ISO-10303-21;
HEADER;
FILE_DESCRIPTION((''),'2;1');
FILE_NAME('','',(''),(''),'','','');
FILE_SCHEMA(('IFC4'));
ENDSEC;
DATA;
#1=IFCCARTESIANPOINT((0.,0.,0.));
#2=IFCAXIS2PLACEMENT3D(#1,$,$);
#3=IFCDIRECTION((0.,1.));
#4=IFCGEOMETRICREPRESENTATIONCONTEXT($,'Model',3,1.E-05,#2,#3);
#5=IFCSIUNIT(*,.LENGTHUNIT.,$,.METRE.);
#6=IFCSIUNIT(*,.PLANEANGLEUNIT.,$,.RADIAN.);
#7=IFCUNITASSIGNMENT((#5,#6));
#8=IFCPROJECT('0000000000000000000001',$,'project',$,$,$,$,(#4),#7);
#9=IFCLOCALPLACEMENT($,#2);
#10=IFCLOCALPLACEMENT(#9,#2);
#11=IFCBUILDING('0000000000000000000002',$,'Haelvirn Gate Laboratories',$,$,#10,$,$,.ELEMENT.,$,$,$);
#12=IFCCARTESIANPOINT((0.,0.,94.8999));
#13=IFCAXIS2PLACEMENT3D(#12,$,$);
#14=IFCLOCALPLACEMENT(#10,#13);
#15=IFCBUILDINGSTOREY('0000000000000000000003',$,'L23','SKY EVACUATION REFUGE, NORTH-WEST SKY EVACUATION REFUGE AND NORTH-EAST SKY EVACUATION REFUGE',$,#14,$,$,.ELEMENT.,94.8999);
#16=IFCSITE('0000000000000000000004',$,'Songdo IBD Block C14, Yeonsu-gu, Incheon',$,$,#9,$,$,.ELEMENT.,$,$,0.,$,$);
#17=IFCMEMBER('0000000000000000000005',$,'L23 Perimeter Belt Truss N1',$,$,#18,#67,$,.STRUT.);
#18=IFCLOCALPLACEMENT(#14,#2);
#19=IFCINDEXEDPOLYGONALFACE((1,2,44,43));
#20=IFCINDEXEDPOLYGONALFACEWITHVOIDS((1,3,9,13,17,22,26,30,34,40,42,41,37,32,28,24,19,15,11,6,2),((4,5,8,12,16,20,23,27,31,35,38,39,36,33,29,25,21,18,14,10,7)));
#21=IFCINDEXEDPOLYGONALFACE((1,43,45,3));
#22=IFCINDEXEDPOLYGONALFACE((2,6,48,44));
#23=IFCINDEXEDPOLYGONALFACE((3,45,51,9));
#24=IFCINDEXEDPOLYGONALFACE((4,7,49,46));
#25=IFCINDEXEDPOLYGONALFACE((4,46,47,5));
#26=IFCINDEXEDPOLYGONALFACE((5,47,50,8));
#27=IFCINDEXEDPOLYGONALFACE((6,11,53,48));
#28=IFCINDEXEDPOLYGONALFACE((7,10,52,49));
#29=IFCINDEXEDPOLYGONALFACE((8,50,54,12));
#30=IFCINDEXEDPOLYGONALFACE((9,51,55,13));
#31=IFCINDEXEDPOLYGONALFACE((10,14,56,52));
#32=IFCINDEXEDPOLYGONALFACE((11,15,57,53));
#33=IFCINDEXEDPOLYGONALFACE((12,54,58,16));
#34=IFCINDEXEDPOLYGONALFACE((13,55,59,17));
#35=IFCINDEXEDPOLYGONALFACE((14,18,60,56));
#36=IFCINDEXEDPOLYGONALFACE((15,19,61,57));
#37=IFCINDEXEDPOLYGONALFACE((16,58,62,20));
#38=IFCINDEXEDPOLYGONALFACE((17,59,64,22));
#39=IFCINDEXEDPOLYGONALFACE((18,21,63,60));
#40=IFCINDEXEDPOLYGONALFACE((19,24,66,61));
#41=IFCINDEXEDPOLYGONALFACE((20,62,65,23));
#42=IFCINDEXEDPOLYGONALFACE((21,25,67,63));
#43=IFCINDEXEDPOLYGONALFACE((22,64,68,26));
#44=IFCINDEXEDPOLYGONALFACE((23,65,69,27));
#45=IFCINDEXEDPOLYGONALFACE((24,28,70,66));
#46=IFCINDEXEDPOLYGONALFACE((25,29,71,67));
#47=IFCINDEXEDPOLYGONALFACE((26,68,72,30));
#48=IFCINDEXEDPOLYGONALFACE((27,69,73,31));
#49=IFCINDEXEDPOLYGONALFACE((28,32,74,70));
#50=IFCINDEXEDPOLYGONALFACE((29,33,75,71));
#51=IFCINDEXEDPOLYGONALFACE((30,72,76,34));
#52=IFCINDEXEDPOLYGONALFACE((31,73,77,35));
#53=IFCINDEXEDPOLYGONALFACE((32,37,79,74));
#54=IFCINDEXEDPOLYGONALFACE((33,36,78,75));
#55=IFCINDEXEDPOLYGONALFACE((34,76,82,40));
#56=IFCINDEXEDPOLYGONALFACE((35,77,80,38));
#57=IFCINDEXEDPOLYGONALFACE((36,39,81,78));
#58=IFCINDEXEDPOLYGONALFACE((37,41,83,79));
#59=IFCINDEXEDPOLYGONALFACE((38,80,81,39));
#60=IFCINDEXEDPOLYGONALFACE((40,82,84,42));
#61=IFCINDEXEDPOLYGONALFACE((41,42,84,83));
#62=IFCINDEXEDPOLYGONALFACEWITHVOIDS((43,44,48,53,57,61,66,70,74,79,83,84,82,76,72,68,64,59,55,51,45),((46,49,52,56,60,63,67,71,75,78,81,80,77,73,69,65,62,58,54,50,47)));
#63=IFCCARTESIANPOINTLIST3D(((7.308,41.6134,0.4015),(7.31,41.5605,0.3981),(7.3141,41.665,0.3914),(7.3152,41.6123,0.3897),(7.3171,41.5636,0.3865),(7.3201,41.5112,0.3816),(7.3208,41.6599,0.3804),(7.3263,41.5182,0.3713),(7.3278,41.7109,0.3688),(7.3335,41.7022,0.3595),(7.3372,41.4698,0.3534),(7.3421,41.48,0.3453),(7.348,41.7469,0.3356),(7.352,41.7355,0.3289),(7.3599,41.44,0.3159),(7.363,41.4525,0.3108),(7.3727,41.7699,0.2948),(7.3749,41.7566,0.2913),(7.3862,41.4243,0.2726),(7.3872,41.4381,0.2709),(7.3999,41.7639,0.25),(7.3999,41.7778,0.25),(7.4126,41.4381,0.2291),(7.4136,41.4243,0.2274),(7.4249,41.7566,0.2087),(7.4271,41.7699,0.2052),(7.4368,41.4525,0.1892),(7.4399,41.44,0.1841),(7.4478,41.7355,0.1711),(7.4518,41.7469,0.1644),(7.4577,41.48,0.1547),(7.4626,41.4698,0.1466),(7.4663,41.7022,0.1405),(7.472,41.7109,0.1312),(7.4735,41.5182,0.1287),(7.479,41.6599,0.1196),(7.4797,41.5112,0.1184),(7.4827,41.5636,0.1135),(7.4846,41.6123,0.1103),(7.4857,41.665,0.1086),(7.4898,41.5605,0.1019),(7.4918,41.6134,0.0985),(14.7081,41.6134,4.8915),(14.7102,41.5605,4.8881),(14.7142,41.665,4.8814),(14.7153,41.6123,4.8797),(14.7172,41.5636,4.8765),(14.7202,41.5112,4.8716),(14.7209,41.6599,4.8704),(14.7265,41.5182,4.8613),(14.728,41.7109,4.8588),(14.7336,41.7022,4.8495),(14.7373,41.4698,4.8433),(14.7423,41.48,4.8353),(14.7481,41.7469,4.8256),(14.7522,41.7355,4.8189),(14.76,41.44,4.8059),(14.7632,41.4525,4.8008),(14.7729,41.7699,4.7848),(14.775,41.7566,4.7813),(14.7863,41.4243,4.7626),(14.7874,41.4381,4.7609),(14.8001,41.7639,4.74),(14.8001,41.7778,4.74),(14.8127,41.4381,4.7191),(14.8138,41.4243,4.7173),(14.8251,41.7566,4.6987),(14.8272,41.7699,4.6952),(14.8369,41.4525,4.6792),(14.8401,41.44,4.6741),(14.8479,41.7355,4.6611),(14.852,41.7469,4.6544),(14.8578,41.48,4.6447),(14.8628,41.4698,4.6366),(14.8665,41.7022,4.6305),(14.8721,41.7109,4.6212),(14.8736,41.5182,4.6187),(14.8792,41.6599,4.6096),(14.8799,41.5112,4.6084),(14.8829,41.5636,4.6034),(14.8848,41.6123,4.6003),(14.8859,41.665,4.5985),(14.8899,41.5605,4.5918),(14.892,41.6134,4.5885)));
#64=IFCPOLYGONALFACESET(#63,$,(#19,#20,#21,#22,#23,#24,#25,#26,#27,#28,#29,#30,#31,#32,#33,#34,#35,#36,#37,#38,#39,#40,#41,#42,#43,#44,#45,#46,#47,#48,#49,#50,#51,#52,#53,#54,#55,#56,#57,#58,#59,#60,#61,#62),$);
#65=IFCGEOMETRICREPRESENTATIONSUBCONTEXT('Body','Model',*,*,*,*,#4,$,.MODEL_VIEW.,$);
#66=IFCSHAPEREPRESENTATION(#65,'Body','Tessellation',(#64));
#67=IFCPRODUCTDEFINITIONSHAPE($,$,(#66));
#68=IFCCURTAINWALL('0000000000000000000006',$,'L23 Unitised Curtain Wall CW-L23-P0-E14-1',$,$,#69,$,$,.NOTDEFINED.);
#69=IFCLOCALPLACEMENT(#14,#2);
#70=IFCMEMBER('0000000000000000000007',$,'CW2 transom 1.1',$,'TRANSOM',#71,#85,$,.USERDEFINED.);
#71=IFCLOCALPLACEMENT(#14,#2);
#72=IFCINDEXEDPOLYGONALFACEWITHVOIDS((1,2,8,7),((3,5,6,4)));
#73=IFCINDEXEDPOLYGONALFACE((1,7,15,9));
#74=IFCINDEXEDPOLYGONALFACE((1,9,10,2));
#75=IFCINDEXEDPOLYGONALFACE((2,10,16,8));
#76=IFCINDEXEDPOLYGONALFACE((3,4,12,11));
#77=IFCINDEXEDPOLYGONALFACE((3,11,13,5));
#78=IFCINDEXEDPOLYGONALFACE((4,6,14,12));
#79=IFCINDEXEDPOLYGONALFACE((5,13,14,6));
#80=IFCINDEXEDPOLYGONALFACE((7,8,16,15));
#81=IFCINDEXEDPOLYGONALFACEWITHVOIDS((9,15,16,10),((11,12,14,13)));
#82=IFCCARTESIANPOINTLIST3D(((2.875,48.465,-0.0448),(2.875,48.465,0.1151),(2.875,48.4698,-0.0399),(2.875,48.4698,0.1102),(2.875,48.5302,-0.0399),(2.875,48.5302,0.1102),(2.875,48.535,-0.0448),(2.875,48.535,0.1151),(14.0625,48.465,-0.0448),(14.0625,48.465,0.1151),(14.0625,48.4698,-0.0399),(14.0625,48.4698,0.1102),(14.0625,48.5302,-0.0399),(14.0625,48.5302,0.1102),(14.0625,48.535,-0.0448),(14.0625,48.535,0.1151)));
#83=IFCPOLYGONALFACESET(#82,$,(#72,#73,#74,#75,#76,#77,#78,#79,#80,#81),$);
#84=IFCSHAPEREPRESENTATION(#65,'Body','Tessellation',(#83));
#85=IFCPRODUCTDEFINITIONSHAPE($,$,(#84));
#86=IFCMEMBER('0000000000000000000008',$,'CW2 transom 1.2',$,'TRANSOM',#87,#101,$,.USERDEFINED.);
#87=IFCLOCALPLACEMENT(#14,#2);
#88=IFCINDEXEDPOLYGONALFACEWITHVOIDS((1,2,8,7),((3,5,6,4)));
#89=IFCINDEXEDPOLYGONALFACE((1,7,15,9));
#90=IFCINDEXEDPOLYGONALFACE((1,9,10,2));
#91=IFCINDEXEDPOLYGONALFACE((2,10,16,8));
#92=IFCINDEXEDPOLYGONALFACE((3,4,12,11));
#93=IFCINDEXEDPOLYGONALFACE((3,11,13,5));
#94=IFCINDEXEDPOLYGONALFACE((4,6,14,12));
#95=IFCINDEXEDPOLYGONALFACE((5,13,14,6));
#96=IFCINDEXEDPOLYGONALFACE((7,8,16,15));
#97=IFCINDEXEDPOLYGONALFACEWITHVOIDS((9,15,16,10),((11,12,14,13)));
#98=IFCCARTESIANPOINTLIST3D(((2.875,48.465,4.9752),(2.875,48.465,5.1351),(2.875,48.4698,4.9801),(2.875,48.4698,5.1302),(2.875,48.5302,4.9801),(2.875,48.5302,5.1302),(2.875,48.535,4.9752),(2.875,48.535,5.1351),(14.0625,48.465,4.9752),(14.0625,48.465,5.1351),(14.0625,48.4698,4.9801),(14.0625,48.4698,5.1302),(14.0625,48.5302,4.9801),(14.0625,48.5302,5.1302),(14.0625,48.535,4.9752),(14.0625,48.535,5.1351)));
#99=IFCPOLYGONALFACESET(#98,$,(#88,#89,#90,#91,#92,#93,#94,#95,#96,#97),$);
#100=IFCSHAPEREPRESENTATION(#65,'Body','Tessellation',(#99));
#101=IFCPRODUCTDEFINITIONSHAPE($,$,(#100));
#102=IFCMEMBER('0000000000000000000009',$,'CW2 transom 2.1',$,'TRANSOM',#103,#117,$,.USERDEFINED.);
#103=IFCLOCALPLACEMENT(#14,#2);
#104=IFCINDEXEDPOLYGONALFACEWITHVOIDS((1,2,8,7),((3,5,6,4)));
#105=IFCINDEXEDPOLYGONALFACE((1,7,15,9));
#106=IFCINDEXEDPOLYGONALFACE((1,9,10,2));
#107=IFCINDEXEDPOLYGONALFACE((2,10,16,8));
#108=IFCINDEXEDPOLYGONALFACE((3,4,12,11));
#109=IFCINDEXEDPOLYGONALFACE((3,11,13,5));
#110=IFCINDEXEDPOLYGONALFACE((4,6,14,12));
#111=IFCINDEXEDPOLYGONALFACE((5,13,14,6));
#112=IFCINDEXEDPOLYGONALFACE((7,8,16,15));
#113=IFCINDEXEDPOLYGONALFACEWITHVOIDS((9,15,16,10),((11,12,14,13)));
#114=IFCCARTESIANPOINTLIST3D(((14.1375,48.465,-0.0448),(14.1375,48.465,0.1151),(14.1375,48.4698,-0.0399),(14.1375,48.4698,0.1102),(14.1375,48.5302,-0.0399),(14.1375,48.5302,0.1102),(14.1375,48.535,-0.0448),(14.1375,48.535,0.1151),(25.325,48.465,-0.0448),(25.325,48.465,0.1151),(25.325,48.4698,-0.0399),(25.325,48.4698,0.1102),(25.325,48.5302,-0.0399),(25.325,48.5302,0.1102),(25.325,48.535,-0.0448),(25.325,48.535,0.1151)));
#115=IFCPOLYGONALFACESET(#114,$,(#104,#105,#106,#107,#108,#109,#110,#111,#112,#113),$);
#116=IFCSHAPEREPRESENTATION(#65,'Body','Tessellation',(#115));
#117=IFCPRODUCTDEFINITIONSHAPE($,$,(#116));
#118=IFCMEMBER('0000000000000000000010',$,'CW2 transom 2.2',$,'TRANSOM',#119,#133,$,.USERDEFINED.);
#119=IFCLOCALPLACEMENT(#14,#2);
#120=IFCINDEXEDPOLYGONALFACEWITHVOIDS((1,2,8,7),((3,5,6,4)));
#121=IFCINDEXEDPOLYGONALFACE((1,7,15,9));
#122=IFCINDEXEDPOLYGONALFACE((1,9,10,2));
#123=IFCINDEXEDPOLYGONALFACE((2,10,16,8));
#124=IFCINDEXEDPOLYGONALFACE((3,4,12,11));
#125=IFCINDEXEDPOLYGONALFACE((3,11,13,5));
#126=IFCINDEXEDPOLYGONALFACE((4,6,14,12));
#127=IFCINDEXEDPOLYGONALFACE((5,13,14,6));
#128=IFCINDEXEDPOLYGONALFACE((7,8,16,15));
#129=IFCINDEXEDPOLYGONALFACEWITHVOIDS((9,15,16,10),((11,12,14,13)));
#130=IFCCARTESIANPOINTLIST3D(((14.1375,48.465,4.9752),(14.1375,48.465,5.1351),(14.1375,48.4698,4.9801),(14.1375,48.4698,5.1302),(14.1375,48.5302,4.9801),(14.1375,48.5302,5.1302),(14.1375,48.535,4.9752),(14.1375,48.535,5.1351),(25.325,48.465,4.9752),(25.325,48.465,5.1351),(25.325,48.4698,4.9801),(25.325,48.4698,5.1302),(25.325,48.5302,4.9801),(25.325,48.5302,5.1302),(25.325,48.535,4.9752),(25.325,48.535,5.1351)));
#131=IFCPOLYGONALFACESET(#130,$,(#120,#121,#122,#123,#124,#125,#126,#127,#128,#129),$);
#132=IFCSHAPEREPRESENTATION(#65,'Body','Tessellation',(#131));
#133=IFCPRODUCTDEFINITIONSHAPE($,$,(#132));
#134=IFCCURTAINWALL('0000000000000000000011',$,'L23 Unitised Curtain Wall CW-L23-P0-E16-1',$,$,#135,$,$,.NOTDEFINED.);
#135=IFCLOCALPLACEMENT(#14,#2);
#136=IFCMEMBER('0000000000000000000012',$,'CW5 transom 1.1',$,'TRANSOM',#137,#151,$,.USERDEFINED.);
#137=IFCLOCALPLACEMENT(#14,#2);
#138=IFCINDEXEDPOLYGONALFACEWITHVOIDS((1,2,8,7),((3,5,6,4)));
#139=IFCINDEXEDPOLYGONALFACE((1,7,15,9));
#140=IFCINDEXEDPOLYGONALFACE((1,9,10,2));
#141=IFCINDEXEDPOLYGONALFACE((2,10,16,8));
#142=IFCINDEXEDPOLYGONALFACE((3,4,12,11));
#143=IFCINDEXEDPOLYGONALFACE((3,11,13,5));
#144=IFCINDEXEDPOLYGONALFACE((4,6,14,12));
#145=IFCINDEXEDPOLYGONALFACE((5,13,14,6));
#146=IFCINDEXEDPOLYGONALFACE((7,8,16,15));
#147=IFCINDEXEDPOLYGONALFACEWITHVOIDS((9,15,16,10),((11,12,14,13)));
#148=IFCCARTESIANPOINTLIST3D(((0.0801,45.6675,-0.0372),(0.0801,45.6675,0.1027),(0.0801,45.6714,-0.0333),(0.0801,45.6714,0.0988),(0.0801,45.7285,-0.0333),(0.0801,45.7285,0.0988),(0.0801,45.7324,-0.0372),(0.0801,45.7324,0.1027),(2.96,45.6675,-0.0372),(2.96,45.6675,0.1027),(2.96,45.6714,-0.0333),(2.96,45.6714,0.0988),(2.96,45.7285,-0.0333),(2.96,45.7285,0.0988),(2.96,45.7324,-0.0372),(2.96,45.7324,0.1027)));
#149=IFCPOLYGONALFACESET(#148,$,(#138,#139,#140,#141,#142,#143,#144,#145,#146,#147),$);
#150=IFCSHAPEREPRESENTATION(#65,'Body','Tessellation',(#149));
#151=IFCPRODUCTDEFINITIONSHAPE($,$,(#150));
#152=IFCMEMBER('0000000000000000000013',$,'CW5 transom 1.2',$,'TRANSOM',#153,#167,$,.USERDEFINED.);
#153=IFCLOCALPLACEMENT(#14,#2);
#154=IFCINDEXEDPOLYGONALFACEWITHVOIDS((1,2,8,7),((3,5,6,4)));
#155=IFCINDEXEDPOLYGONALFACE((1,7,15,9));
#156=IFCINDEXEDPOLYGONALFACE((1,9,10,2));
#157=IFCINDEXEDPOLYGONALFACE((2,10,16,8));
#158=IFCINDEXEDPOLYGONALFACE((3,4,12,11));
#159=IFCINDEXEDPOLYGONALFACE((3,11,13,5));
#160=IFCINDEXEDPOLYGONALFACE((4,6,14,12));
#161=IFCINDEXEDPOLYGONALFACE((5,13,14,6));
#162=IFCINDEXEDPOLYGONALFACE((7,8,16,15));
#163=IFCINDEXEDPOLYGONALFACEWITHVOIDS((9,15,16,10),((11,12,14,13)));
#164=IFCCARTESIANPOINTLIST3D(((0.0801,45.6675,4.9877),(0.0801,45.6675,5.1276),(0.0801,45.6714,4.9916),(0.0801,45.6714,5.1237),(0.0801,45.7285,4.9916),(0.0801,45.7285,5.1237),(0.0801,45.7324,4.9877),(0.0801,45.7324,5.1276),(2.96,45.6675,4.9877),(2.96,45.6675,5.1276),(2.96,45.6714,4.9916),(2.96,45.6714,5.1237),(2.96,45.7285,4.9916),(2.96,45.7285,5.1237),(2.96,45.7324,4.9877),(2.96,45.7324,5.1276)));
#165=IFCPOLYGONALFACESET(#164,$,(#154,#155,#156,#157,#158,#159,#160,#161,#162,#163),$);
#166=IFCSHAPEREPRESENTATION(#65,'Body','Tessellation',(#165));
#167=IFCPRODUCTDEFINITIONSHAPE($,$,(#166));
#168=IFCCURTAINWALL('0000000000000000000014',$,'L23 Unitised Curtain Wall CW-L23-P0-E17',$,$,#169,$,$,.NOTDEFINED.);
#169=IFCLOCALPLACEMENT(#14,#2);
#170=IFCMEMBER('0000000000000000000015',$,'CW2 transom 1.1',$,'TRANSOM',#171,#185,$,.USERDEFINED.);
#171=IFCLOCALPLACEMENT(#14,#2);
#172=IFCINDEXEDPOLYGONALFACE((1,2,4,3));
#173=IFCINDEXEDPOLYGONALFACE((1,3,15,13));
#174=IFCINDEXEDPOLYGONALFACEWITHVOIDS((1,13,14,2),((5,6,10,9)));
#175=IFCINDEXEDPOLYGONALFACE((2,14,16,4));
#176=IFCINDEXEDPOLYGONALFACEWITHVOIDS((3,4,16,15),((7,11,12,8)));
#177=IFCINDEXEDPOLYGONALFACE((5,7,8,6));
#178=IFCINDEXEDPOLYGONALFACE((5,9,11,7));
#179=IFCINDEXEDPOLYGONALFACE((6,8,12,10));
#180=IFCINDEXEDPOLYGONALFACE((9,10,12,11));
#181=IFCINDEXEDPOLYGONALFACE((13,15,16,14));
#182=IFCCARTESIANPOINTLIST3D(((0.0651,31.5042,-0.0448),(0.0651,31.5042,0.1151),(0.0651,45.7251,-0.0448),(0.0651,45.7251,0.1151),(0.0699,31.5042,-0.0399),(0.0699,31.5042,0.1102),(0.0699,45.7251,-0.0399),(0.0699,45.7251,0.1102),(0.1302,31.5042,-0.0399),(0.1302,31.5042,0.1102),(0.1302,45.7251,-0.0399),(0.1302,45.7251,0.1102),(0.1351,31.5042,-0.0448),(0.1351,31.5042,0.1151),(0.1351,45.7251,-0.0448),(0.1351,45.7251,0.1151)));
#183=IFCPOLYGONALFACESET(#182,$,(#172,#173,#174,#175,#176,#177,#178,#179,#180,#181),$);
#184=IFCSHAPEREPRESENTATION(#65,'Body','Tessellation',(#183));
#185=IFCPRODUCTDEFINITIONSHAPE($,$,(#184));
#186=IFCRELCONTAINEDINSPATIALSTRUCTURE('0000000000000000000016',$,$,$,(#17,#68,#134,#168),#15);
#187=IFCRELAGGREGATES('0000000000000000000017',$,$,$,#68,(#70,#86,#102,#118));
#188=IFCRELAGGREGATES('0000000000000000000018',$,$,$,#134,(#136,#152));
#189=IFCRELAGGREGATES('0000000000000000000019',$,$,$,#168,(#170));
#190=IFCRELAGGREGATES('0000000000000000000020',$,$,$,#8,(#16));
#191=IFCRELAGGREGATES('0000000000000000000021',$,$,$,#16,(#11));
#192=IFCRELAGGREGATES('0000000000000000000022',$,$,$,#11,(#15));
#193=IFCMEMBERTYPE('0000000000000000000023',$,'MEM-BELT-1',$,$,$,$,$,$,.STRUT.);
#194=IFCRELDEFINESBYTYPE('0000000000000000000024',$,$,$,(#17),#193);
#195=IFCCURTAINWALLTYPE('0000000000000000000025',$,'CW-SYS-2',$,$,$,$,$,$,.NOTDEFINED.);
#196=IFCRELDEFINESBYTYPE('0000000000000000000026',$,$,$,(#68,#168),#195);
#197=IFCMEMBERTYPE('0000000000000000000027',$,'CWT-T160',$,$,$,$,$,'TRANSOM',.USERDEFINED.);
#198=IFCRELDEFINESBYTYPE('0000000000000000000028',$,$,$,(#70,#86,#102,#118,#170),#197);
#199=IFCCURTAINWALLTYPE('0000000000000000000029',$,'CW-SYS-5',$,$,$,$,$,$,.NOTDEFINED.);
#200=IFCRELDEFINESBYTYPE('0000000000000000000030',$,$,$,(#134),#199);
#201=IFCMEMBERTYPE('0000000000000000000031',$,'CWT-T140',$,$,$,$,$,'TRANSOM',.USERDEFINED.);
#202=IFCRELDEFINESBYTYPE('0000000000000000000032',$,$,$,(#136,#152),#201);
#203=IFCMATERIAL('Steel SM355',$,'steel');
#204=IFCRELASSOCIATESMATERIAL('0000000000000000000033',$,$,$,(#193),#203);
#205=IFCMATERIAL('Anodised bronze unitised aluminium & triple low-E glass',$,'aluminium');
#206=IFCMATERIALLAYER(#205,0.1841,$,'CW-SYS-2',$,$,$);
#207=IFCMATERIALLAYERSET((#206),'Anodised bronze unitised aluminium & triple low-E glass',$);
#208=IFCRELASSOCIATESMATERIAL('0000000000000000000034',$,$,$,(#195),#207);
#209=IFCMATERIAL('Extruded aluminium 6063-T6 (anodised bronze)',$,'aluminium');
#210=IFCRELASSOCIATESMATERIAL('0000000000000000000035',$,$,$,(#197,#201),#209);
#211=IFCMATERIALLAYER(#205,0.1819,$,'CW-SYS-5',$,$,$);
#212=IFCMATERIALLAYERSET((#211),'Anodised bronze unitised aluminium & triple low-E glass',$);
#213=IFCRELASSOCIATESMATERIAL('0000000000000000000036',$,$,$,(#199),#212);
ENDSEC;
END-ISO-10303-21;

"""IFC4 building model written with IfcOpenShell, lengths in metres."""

from ifc_helpers import new_model, si_unit, direction, frame, origin, origin_2d, place, context, subcontext, project, spatial, hollow_rectangle, hollow_circle, extrude, source, transform, mapped, material, layer, layer_set, material_profile, profile_set, type_object, type_shapes, element, aggregate, save


model = new_model("IFC4")

# Units and contexts
model_context = context("Model", 3, precision=1e-05, world=origin(), true_north=direction((0.0, 1.0)))
body_context = subcontext(model_context, "Body", "Model", "MODEL_VIEW")
ifc_project = project(units=[si_unit("LENGTHUNIT", "METRE"), si_unit("PLANEANGLEUNIT", "RADIAN")], contexts=[model_context])

# Site, building, storey
site_placement = place(None, origin())
site = spatial("IfcSite", under=ifc_project, at=site_placement, Name="Songdo IBD Block C14, Yeonsu-gu, Incheon", CompositionType="ELEMENT", RefElevation=0.0)
building_placement = place(site_placement, origin())
building = spatial("IfcBuilding", under=site, at=building_placement, Name="Haelvirn Gate Laboratories", CompositionType="ELEMENT")
storey_placement = place(building_placement, frame((0.0, 0.0, 94.8999)))
storey = spatial("IfcBuildingStorey", under=building, at=storey_placement, Name="L23", Description="SKY EVACUATION REFUGE, NORTH-WEST SKY EVACUATION REFUGE AND NORTH-EAST SKY EVACUATION REFUGE", CompositionType="ELEMENT", Elevation=94.8999)

# Shared definitions
ifc_material_1 = material(Name="Steel SM355", Category="steel")

# Member
ifc_material_profile_1 = material_profile(ifc_material_1, hollow_circle(Radius=0.1777, WallThickness=0.0139, at=origin_2d()), Name="CHS-355x14")
ifc_profile_set_1 = profile_set([ifc_material_profile_1], Name="Steel SM355")
member_type_1 = type_object("IfcMemberType", Name="MEM-BELT-1", PredefinedType="STRUT", material=ifc_profile_set_1)
shared_shape_1 = source(origin(), body_context, "Body", "SweptSolid", [
    extrude(hollow_circle(Radius=0.1777, WallThickness=0.0139, at=origin_2d()), origin(), (0.0, 0.0, 1.0), 8.6558),
])
type_shapes(member_type_1, [shared_shape_1])
member_1_placement = place(storey_placement, frame((7.3999, 41.6001, 0.25), z_axis=(0.854939, 0.0, 0.518729), x_axis=(0.0, 1.0, 0.0)))
element("IfcMember", 1, at=member_1_placement, inside=storey, type_object=member_type_1, Name="L23 Perimeter Belt Truss N1", PredefinedType="STRUT", context=body_context, shape_type="MappedRepresentation", body=[
    mapped(shared_shape_1, transform((0.0, 0.0, 0.0), scale=1.0)),
])

# Curtain walls, members
ifc_material_2 = material(Name="Anodised bronze unitised aluminium & triple low-E glass", Category="aluminium")
ifc_layer_1 = layer(ifc_material_2, 0.1841, Name="CW-SYS-2")
ifc_layer_set_1 = layer_set([ifc_layer_1], Name="Anodised bronze unitised aluminium & triple low-E glass")
curtain_wall_type_1 = type_object("IfcCurtainWallType", Name="CW-SYS-2", PredefinedType="NOTDEFINED", material=ifc_layer_set_1)
curtain_wall_1_placement = place(storey_placement, origin())
curtain_wall_1 = element("IfcCurtainWall", 2, at=curtain_wall_1_placement, inside=storey, type_object=curtain_wall_type_1, Name="L23 Unitised Curtain Wall CW-L23-P0-E14-1", PredefinedType="NOTDEFINED")
ifc_material_3 = material(Name="Extruded aluminium 6063-T6 (anodised bronze)", Category="aluminium")
ifc_material_profile_2 = material_profile(ifc_material_3, hollow_rectangle(XDim=0.0701, YDim=0.1599, WallThickness=0.0049, at=origin_2d()), Name="CWT-160x70x5")
ifc_profile_set_2 = profile_set([ifc_material_profile_2], Name="Extruded aluminium 6063-T6 (anodised bronze)")
member_type_2 = type_object("IfcMemberType", Name="CWT-T160", ElementType="TRANSOM", PredefinedType="USERDEFINED", material=ifc_profile_set_2)
shared_shape_2 = source(origin(), body_context, "Body", "SweptSolid", [
    extrude(hollow_rectangle(XDim=0.0701, YDim=0.1599, WallThickness=0.0049, at=origin_2d()), origin(), (0.0, 0.0, 1.0), 11.1875),
])
member_2_placement = place(storey_placement, frame((2.875, 48.5, 0.0352), z_axis=(1.0, 0.0, 0.0), x_axis=(0.0, 1.0, 0.0)))
member_2 = element("IfcMember", 3, at=member_2_placement, type_object=member_type_2, Name="CW2 transom 1.1", ObjectType="TRANSOM", PredefinedType="USERDEFINED", context=body_context, shape_type="MappedRepresentation", body=[
    mapped(shared_shape_2, transform((0.0, 0.0, 0.0), scale=1.0)),
])
member_3_placement = place(storey_placement, frame((2.875, 48.5, 5.0552), z_axis=(1.0, 0.0, 0.0), x_axis=(0.0, 1.0, 0.0)))
member_3 = element("IfcMember", 4, at=member_3_placement, type_object=member_type_2, Name="CW2 transom 1.2", ObjectType="TRANSOM", PredefinedType="USERDEFINED", context=body_context, shape_type="MappedRepresentation", body=[
    mapped(shared_shape_2, transform((0.0, 0.0, 0.0), scale=1.0)),
])
member_4_placement = place(storey_placement, frame((14.1375, 48.5, 0.0352), z_axis=(1.0, 0.0, 0.0), x_axis=(0.0, 1.0, 0.0)))
member_4 = element("IfcMember", 5, at=member_4_placement, type_object=member_type_2, Name="CW2 transom 2.1", ObjectType="TRANSOM", PredefinedType="USERDEFINED", context=body_context, shape_type="MappedRepresentation", body=[
    mapped(shared_shape_2, transform((0.0, 0.0, 0.0), scale=1.0)),
])
member_5_placement = place(storey_placement, frame((14.1375, 48.5, 5.0552), z_axis=(1.0, 0.0, 0.0), x_axis=(0.0, 1.0, 0.0)))
member_5 = element("IfcMember", 6, at=member_5_placement, type_object=member_type_2, Name="CW2 transom 2.2", ObjectType="TRANSOM", PredefinedType="USERDEFINED", context=body_context, shape_type="MappedRepresentation", body=[
    mapped(shared_shape_2, transform((0.0, 0.0, 0.0), scale=1.0)),
])
ifc_layer_2 = layer(ifc_material_2, 0.1819, Name="CW-SYS-5")
ifc_layer_set_2 = layer_set([ifc_layer_2], Name="Anodised bronze unitised aluminium & triple low-E glass")
curtain_wall_type_2 = type_object("IfcCurtainWallType", Name="CW-SYS-5", PredefinedType="NOTDEFINED", material=ifc_layer_set_2)
curtain_wall_2_placement = place(storey_placement, origin())
curtain_wall_2 = element("IfcCurtainWall", 7, at=curtain_wall_2_placement, inside=storey, type_object=curtain_wall_type_2, Name="L23 Unitised Curtain Wall CW-L23-P0-E16-1", PredefinedType="NOTDEFINED")
ifc_material_profile_3 = material_profile(ifc_material_3, hollow_rectangle(XDim=0.0649, YDim=0.1399, WallThickness=0.0039, at=origin_2d()), Name="CWT-140x65x4")
ifc_profile_set_3 = profile_set([ifc_material_profile_3], Name="Extruded aluminium 6063-T6 (anodised bronze)")
member_type_3 = type_object("IfcMemberType", Name="CWT-T140", ElementType="TRANSOM", PredefinedType="USERDEFINED", material=ifc_profile_set_3)
shared_shape_3 = source(origin(), body_context, "Body", "SweptSolid", [
    extrude(hollow_rectangle(XDim=0.0649, YDim=0.1399, WallThickness=0.0039, at=origin_2d()), origin(), (0.0, 0.0, 1.0), 2.8799),
])
type_shapes(member_type_3, [shared_shape_3])
member_6_placement = place(storey_placement, frame((0.0801, 45.7, 0.0327), z_axis=(1.0, 0.0, 0.0), x_axis=(0.0, 1.0, 0.0)))
member_6 = element("IfcMember", 8, at=member_6_placement, type_object=member_type_3, Name="CW5 transom 1.1", ObjectType="TRANSOM", PredefinedType="USERDEFINED", context=body_context, shape_type="MappedRepresentation", body=[
    mapped(shared_shape_3, transform((0.0, 0.0, 0.0), scale=1.0)),
])
member_7_placement = place(storey_placement, frame((0.0801, 45.7, 5.0576), z_axis=(1.0, 0.0, 0.0), x_axis=(0.0, 1.0, 0.0)))
member_7 = element("IfcMember", 9, at=member_7_placement, type_object=member_type_3, Name="CW5 transom 1.2", ObjectType="TRANSOM", PredefinedType="USERDEFINED", context=body_context, shape_type="MappedRepresentation", body=[
    mapped(shared_shape_3, transform((0.0, 0.0, 0.0), scale=1.0)),
])
curtain_wall_3_placement = place(storey_placement, origin())
curtain_wall_3 = element("IfcCurtainWall", 10, at=curtain_wall_3_placement, inside=storey, type_object=curtain_wall_type_1, Name="L23 Unitised Curtain Wall CW-L23-P0-E17", PredefinedType="NOTDEFINED")
shared_shape_4 = source(origin(), body_context, "Body", "SweptSolid", [
    extrude(hollow_rectangle(XDim=0.0701, YDim=0.1599, WallThickness=0.0049, at=origin_2d()), origin(), (0.0, 0.0, 1.0), 14.2209),
])
type_shapes(member_type_2, [shared_shape_2, shared_shape_4])
member_8_placement = place(storey_placement, frame((0.1001, 45.7251, 0.0352), z_axis=(0.0, -1.0, 0.0), x_axis=(1.0, 0.0, 0.0)))
member_8 = element("IfcMember", 11, at=member_8_placement, type_object=member_type_2, Name="CW2 transom 1.1", ObjectType="TRANSOM", PredefinedType="USERDEFINED", context=body_context, shape_type="MappedRepresentation", body=[
    mapped(shared_shape_4, transform((0.0, 0.0, 0.0), scale=1.0)),
])

aggregate(curtain_wall_1, [member_2, member_3, member_4, member_5])
aggregate(curtain_wall_2, [member_6, member_7])
aggregate(curtain_wall_3, [member_8])

save(model, "model.ifc")
